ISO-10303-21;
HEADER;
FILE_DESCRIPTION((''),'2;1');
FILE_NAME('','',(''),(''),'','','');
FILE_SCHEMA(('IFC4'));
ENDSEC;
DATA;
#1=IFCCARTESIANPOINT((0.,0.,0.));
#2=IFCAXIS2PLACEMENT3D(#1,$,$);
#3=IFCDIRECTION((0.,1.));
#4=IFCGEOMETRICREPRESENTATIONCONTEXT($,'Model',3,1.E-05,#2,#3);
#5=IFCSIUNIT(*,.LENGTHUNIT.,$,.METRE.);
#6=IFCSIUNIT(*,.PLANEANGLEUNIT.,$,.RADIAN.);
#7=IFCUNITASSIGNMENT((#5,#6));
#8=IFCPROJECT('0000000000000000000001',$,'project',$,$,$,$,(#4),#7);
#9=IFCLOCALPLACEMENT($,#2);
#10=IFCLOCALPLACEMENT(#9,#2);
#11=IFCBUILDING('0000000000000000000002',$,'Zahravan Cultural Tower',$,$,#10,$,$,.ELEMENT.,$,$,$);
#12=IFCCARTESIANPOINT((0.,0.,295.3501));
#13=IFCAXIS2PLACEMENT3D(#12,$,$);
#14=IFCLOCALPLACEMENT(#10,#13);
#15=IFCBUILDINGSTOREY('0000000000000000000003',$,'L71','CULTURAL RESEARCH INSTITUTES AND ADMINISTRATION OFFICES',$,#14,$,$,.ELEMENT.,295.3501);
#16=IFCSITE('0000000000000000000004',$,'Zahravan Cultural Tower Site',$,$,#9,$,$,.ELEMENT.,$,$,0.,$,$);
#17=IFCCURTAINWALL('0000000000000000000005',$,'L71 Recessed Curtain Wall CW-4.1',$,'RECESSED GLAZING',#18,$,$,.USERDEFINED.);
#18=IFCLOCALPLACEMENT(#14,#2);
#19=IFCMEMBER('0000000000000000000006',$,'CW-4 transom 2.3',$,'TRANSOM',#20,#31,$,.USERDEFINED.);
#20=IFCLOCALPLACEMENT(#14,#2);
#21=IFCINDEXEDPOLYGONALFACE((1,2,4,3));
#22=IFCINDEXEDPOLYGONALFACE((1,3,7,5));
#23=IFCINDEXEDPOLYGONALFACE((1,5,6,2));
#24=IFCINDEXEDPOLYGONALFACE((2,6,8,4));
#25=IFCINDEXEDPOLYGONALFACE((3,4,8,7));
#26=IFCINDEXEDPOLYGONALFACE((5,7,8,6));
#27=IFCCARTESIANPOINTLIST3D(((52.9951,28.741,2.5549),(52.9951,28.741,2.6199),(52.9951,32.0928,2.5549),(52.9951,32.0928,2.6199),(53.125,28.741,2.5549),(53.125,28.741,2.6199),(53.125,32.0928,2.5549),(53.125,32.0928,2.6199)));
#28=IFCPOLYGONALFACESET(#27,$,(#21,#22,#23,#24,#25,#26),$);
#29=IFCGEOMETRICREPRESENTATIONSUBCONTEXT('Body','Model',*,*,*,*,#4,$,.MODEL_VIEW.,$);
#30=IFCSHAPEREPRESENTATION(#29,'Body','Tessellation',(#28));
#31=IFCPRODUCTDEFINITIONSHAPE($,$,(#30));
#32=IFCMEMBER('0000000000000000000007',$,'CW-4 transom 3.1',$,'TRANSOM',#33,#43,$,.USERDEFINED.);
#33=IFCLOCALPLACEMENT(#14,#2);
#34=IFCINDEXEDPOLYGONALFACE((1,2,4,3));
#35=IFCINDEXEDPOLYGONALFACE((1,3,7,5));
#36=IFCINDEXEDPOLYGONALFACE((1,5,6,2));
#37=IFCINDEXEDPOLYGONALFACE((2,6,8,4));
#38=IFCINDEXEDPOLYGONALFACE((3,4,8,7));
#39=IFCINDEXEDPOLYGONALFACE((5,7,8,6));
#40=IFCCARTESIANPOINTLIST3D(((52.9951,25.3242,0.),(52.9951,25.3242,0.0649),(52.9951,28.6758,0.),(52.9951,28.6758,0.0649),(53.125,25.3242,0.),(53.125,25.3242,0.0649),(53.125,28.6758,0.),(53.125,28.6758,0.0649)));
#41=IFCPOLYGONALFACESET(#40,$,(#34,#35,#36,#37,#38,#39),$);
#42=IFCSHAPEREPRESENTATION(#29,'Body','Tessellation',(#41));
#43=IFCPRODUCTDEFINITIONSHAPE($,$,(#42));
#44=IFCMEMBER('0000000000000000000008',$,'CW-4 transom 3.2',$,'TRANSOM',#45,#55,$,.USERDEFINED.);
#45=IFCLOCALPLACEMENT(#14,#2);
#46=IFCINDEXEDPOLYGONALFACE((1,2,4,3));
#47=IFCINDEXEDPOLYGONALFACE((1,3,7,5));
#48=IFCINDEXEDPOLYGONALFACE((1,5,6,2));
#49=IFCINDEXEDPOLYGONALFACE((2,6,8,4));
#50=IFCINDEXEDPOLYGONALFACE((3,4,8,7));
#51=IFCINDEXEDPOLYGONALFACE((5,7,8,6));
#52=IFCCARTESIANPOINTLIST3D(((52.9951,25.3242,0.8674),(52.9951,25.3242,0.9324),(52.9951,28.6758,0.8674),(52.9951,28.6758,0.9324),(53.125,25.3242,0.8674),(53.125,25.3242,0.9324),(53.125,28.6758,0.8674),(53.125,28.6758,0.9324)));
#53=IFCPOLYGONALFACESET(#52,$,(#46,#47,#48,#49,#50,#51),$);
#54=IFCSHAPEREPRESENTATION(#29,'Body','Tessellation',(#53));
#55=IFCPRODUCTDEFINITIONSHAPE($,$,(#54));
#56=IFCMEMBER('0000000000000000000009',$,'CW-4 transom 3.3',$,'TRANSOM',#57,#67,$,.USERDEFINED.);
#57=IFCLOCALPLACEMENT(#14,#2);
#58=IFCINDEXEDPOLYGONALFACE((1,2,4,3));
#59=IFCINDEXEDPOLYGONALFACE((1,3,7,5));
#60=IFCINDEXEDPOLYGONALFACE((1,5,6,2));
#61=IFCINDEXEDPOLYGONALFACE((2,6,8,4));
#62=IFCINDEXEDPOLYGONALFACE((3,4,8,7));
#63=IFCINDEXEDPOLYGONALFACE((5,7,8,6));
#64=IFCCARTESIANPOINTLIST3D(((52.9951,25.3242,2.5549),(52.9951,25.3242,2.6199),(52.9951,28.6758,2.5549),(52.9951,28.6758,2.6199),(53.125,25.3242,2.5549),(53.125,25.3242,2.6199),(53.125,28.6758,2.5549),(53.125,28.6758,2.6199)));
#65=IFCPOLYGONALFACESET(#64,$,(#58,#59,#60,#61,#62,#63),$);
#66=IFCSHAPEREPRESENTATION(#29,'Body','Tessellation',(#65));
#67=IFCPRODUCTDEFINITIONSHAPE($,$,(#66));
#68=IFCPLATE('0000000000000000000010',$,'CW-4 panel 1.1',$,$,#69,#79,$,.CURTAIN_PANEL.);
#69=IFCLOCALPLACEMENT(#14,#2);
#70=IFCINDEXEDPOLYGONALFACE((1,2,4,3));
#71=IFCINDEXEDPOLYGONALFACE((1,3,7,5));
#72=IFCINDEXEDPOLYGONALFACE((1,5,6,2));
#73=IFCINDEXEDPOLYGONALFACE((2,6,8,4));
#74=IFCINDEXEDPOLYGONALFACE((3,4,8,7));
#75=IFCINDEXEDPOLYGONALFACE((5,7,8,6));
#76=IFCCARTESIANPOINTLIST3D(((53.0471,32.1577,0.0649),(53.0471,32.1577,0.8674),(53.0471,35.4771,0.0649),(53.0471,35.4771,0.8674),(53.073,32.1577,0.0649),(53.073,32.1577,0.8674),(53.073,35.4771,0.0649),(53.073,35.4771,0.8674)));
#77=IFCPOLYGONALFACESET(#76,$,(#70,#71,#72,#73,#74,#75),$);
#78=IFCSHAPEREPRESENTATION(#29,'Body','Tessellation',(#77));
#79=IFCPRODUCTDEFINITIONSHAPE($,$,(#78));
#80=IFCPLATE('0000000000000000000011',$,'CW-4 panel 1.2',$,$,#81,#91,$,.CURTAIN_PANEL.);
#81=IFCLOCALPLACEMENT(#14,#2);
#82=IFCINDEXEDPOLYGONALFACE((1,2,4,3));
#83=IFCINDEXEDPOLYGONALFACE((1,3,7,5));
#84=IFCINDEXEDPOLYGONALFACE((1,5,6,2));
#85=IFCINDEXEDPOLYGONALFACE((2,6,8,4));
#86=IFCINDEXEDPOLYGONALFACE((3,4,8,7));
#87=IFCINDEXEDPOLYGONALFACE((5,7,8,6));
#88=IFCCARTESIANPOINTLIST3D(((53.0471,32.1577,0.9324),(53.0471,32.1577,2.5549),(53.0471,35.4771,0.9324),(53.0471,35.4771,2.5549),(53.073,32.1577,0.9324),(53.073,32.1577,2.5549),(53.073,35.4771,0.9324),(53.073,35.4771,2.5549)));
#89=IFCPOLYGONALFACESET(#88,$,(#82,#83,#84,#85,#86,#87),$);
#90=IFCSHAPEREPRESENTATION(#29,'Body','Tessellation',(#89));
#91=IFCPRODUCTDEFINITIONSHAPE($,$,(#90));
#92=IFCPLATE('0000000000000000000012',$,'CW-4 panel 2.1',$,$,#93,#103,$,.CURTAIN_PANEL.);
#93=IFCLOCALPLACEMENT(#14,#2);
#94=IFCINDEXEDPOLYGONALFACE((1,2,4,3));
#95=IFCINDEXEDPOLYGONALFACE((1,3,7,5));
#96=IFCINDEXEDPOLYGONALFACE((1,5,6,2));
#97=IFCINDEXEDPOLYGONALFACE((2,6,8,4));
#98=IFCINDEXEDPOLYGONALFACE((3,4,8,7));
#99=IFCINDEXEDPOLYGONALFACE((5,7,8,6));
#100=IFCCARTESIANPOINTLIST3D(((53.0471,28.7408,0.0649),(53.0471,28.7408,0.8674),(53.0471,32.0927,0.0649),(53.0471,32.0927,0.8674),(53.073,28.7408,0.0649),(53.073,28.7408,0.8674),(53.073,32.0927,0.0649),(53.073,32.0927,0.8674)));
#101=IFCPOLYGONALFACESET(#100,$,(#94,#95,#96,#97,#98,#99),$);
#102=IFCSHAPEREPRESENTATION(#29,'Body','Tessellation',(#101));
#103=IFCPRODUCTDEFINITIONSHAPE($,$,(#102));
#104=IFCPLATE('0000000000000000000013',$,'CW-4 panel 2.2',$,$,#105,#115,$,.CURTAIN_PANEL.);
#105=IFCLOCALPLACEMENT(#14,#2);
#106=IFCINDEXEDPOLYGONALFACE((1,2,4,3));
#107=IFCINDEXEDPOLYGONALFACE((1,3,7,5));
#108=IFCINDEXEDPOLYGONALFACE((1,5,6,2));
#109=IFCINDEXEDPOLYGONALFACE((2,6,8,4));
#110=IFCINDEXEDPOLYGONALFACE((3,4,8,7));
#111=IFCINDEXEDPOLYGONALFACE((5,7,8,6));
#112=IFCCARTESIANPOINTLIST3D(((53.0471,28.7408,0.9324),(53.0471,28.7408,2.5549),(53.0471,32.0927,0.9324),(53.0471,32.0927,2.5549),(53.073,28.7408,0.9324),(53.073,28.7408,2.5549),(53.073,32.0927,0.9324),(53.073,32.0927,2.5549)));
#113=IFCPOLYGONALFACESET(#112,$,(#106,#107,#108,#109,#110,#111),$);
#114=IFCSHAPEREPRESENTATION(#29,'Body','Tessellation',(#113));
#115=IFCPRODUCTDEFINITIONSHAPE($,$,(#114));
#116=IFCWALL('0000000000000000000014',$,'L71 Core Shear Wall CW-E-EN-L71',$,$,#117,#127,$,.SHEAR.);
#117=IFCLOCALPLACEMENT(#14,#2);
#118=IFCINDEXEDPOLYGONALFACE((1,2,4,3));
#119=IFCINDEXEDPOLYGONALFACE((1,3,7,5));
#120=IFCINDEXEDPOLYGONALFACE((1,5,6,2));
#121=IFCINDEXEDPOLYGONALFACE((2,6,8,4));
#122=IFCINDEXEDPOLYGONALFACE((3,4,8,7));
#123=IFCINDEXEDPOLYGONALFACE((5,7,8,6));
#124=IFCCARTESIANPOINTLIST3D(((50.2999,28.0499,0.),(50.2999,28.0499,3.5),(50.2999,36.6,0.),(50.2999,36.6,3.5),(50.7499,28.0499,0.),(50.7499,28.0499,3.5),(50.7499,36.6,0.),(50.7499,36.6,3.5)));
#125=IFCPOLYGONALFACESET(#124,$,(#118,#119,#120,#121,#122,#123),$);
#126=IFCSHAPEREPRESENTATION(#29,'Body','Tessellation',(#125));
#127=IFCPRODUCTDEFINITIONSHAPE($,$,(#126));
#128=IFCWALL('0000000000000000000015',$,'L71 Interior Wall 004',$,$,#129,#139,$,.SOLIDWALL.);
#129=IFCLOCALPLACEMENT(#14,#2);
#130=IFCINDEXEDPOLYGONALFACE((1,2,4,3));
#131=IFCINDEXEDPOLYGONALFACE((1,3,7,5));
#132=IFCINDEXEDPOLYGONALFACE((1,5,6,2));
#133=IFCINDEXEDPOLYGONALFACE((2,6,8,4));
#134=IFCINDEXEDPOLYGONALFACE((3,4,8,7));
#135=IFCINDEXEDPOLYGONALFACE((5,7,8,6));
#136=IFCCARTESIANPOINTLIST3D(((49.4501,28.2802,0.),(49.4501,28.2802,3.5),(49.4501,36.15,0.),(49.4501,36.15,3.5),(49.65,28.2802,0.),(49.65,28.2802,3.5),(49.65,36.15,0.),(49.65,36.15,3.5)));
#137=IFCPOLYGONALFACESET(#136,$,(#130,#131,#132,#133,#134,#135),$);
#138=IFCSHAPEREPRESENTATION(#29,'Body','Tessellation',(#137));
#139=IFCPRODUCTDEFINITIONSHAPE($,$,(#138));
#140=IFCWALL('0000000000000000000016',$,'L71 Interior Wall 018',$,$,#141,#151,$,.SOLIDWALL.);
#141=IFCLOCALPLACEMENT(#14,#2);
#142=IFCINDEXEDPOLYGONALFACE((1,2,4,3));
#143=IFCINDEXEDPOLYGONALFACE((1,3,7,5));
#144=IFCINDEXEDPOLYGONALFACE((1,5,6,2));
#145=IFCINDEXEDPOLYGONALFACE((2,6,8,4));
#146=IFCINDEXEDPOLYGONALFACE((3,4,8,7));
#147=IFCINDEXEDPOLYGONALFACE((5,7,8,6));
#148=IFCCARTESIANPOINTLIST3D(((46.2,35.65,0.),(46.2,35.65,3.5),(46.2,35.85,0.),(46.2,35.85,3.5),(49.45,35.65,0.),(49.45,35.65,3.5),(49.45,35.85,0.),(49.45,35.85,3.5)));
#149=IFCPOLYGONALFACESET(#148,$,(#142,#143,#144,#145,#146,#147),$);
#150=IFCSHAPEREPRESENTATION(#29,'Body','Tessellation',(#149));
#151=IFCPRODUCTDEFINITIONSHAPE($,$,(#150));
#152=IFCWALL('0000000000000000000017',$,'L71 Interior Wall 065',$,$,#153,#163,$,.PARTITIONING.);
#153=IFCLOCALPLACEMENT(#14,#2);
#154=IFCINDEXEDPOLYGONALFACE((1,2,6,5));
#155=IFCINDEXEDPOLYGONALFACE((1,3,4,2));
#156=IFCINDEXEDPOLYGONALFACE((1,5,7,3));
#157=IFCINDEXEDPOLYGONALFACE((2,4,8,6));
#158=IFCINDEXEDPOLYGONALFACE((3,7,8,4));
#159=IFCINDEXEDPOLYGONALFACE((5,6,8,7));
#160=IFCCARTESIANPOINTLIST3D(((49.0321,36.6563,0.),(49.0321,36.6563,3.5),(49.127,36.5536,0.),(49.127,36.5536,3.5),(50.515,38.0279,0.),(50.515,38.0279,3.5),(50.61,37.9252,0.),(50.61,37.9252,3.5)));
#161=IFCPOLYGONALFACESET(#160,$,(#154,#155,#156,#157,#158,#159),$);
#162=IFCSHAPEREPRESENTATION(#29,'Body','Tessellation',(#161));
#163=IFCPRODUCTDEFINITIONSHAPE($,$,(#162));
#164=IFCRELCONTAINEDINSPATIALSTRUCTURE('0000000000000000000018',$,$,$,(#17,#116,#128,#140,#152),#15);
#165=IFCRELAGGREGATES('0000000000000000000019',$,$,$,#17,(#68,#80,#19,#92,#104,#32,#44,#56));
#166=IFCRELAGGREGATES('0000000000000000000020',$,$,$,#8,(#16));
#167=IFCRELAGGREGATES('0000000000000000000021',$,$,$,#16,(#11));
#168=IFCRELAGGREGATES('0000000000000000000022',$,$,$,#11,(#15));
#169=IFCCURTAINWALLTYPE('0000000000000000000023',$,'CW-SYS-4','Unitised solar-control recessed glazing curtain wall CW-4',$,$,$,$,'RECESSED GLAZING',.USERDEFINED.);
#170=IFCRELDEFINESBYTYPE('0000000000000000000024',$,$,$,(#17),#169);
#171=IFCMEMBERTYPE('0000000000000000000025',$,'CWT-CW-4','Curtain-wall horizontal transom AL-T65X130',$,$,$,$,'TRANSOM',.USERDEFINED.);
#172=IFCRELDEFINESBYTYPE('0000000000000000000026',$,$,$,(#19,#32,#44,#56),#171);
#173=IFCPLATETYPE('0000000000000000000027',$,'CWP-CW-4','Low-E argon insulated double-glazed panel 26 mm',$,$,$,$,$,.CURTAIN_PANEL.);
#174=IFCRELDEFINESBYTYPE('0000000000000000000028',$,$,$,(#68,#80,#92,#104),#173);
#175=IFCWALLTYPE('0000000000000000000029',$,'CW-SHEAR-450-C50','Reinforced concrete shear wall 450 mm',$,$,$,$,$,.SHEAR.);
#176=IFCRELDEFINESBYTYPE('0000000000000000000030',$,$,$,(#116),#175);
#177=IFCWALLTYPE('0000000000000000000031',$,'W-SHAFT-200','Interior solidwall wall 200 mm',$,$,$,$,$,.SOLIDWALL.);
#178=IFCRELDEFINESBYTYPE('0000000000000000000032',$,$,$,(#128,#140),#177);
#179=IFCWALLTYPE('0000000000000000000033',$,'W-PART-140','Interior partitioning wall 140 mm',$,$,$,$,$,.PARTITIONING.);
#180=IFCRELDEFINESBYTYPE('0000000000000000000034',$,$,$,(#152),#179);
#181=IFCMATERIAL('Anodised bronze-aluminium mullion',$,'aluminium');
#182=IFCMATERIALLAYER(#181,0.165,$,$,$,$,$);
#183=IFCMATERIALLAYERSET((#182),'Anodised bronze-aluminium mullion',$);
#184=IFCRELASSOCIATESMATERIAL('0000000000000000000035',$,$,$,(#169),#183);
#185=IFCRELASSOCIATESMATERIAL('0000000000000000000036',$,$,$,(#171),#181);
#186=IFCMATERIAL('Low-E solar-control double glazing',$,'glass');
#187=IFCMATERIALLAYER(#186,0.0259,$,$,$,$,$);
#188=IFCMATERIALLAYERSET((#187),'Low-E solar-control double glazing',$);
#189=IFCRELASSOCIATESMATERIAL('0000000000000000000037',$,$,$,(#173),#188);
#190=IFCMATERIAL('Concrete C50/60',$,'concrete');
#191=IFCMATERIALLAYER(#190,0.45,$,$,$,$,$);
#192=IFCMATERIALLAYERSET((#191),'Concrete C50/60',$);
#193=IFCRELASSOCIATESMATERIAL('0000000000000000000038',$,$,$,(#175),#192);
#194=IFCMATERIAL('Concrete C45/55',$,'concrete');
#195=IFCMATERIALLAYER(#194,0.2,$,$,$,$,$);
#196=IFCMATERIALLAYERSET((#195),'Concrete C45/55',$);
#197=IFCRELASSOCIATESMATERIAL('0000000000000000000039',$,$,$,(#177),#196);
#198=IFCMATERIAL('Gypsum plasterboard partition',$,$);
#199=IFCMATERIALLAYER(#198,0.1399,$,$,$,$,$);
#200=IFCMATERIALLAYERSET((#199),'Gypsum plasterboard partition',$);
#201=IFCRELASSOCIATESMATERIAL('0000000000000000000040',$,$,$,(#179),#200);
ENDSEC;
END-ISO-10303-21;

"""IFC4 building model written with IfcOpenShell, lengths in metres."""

from ifc_helpers import new_model, si_unit, direction, frame, frame_2d, origin, origin_2d, place, context, subcontext, project, spatial, rectangle, extrude, source, transform, mapped, material, layer, layer_set, material_profile, profile_set, type_object, element, aggregate, save


model = new_model("IFC4")

# Units and contexts
model_context = context("Model", 3, precision=1e-05, world=origin(), true_north=direction((0.0, 1.0)))
body_context = subcontext(model_context, "Body", "Model", "MODEL_VIEW")
ifc_project = project(units=[si_unit("LENGTHUNIT", "METRE"), si_unit("PLANEANGLEUNIT", "RADIAN")], contexts=[model_context])

# Site, building, storey
site_placement = place(None, origin())
site = spatial("IfcSite", under=ifc_project, at=site_placement, Name="Zahravan Cultural Tower Site", CompositionType="ELEMENT", RefElevation=0.0)
building_placement = place(site_placement, origin())
building = spatial("IfcBuilding", under=site, at=building_placement, Name="Zahravan Cultural Tower", CompositionType="ELEMENT")
storey_placement = place(building_placement, frame((0.0, 0.0, 295.3501)))
storey = spatial("IfcBuildingStorey", under=building, at=storey_placement, Name="L71", Description="CULTURAL RESEARCH INSTITUTES AND ADMINISTRATION OFFICES", CompositionType="ELEMENT", Elevation=295.3501)

# Shared definitions
ifc_material_1 = material(Name="Concrete C50/60", Category="concrete")

# Curtain wall, members, plates
ifc_material_2 = material(Name="Anodised bronze-aluminium mullion", Category="aluminium")
ifc_layer_1 = layer(ifc_material_2, 0.165)
ifc_layer_set_1 = layer_set([ifc_layer_1], Name="Anodised bronze-aluminium mullion")
curtain_wall_type = type_object("IfcCurtainWallType", Name="CW-SYS-4", Description="Unitised solar-control recessed glazing curtain wall CW-4", ElementType="RECESSED GLAZING", PredefinedType="USERDEFINED", material=ifc_layer_set_1)
curtain_wall_placement = place(storey_placement, origin())
curtain_wall = element("IfcCurtainWall", 1, at=curtain_wall_placement, inside=storey, type_object=curtain_wall_type, Name="L71 Recessed Curtain Wall CW-4.1", ObjectType="RECESSED GLAZING", PredefinedType="USERDEFINED")
ifc_material_profile_1 = material_profile(ifc_material_2, rectangle(XDim=0.1299, YDim=0.0649, at=origin_2d()), Name="AL-T65X130")
ifc_profile_set_1 = profile_set([ifc_material_profile_1], Name="Anodised bronze-aluminium mullion")
member_type_1 = type_object("IfcMemberType", Name="CWT-CW-4", Description="Curtain-wall horizontal transom AL-T65X130", ElementType="TRANSOM", PredefinedType="USERDEFINED", material=ifc_profile_set_1)
shared_shape_1 = source(origin(), body_context, "Body", "SweptSolid", [
    extrude(rectangle(XDim=0.1299, YDim=0.0649, at=origin_2d()), origin(), (0.0, 0.0, 1.0), 3.3518),
])
member_1_placement = place(storey_placement, frame((53.0601, 32.0928, 2.5874), z_axis=(0.0, -1.0, 0.0), x_axis=(1.0, 0.0, 0.0)))
member_1 = element("IfcMember", 2, at=member_1_placement, type_object=member_type_1, Name="CW-4 transom 2.3", ObjectType="TRANSOM", PredefinedType="USERDEFINED", context=body_context, shape_type="MappedRepresentation", body=[
    mapped(shared_shape_1, transform((0.0, 0.0, 0.0), x_axis=(1.0, 0.0, 0.0), y_axis=(0.0, 1.0, 0.0), z_axis=(0.0, 0.0, 1.0), scale=1.0)),
])
shared_shape_2 = source(origin(), body_context, "Body", "SweptSolid", [
    extrude(rectangle(XDim=0.1299, YDim=0.0649, at=origin_2d()), origin(), (0.0, 0.0, 1.0), 3.3516),
])
member_2_placement = place(storey_placement, frame((53.0601, 28.6758, 0.0325), z_axis=(0.0, -1.0, 0.0), x_axis=(1.0, 0.0, 0.0)))
member_2 = element("IfcMember", 3, at=member_2_placement, type_object=member_type_1, Name="CW-4 transom 3.1", ObjectType="TRANSOM", PredefinedType="USERDEFINED", context=body_context, shape_type="MappedRepresentation", body=[
    mapped(shared_shape_2, transform((0.0, 0.0, 0.0), x_axis=(1.0, 0.0, 0.0), y_axis=(0.0, 1.0, 0.0), z_axis=(0.0, 0.0, 1.0), scale=1.0)),
])
member_3_placement = place(storey_placement, frame((53.0601, 28.6758, 0.8999), z_axis=(0.0, -1.0, 0.0), x_axis=(1.0, 0.0, 0.0)))
member_3 = element("IfcMember", 4, at=member_3_placement, type_object=member_type_1, Name="CW-4 transom 3.2", ObjectType="TRANSOM", PredefinedType="USERDEFINED", context=body_context, shape_type="MappedRepresentation", body=[
    mapped(shared_shape_2, transform((0.0, 0.0, 0.0), x_axis=(1.0, 0.0, 0.0), y_axis=(0.0, 1.0, 0.0), z_axis=(0.0, 0.0, 1.0), scale=1.0)),
])
member_4_placement = place(storey_placement, frame((53.0601, 28.6758, 2.5874), z_axis=(0.0, -1.0, 0.0), x_axis=(1.0, 0.0, 0.0)))
member_4 = element("IfcMember", 5, at=member_4_placement, type_object=member_type_1, Name="CW-4 transom 3.3", ObjectType="TRANSOM", PredefinedType="USERDEFINED", context=body_context, shape_type="MappedRepresentation", body=[
    mapped(shared_shape_2, transform((0.0, 0.0, 0.0), x_axis=(1.0, 0.0, 0.0), y_axis=(0.0, 1.0, 0.0), z_axis=(0.0, 0.0, 1.0), scale=1.0)),
])
ifc_material_3 = material(Name="Low-E solar-control double glazing", Category="glass")
ifc_layer_2 = layer(ifc_material_3, 0.0259)
ifc_layer_set_2 = layer_set([ifc_layer_2], Name="Low-E solar-control double glazing")
plate_type = type_object("IfcPlateType", Name="CWP-CW-4", Description="Low-E argon insulated double-glazed panel 26 mm", PredefinedType="CURTAIN_PANEL", material=ifc_layer_set_2)
shared_shape_3 = source(origin(), body_context, "Body", "SweptSolid", [
    extrude(rectangle(XDim=3.3193, YDim=0.0259, at=origin_2d()), origin(), (0.0, 0.0, 1.0), 0.8025),
])
plate_1_placement = place(storey_placement, frame((53.0601, 33.8174, 0.0649), z_axis=(0.0, 0.0, 1.0), x_axis=(0.0, -1.0, 0.0)))
plate_1 = element("IfcPlate", 6, at=plate_1_placement, type_object=plate_type, Name="CW-4 panel 1.1", PredefinedType="CURTAIN_PANEL", context=body_context, shape_type="MappedRepresentation", body=[
    mapped(shared_shape_3, transform((0.0, 0.0, 0.0), x_axis=(1.0, 0.0, 0.0), y_axis=(0.0, 1.0, 0.0), z_axis=(0.0, 0.0, 1.0), scale=1.0)),
])
shared_shape_4 = source(origin(), body_context, "Body", "SweptSolid", [
    extrude(rectangle(XDim=3.3193, YDim=0.0259, at=origin_2d()), origin(), (0.0, 0.0, 1.0), 1.6226),
])
plate_2_placement = place(storey_placement, frame((53.0601, 33.8174, 0.9324), z_axis=(0.0, 0.0, 1.0), x_axis=(0.0, -1.0, 0.0)))
plate_2 = element("IfcPlate", 7, at=plate_2_placement, type_object=plate_type, Name="CW-4 panel 1.2", PredefinedType="CURTAIN_PANEL", context=body_context, shape_type="MappedRepresentation", body=[
    mapped(shared_shape_4, transform((0.0, 0.0, 0.0), x_axis=(1.0, 0.0, 0.0), y_axis=(0.0, 1.0, 0.0), z_axis=(0.0, 0.0, 1.0), scale=1.0)),
])
shared_shape_5 = source(origin(), body_context, "Body", "SweptSolid", [
    extrude(rectangle(XDim=3.3518, YDim=0.0259, at=origin_2d()), origin(), (0.0, 0.0, 1.0), 0.8025),
])
plate_3_placement = place(storey_placement, frame((53.0601, 30.4167, 0.0649), z_axis=(0.0, 0.0, 1.0), x_axis=(0.0, -1.0, 0.0)))
plate_3 = element("IfcPlate", 8, at=plate_3_placement, type_object=plate_type, Name="CW-4 panel 2.1", PredefinedType="CURTAIN_PANEL", context=body_context, shape_type="MappedRepresentation", body=[
    mapped(shared_shape_5, transform((0.0, 0.0, 0.0), x_axis=(1.0, 0.0, 0.0), y_axis=(0.0, 1.0, 0.0), z_axis=(0.0, 0.0, 1.0), scale=1.0)),
])
shared_shape_6 = source(origin(), body_context, "Body", "SweptSolid", [
    extrude(rectangle(XDim=3.3518, YDim=0.0259, at=origin_2d()), origin(), (0.0, 0.0, 1.0), 1.6226),
])
plate_4_placement = place(storey_placement, frame((53.0601, 30.4167, 0.9324), z_axis=(0.0, 0.0, 1.0), x_axis=(0.0, -1.0, 0.0)))
plate_4 = element("IfcPlate", 9, at=plate_4_placement, type_object=plate_type, Name="CW-4 panel 2.2", PredefinedType="CURTAIN_PANEL", context=body_context, shape_type="MappedRepresentation", body=[
    mapped(shared_shape_6, transform((0.0, 0.0, 0.0), x_axis=(1.0, 0.0, 0.0), y_axis=(0.0, 1.0, 0.0), z_axis=(0.0, 0.0, 1.0), scale=1.0)),
])
aggregate(curtain_wall, [plate_1, plate_2, member_1, plate_3, plate_4, member_2, member_3, member_4])

# Walls
ifc_layer_3 = layer(ifc_material_1, 0.45)
ifc_layer_set_3 = layer_set([ifc_layer_3], Name="Concrete C50/60")
wall_type_1 = type_object("IfcWallType", Name="CW-SHEAR-450-C50", Description="Reinforced concrete shear wall 450 mm", PredefinedType="SHEAR", material=ifc_layer_set_3)
shared_shape_7 = source(origin(), body_context, "Body", "SweptSolid", [
    extrude(rectangle(XDim=8.55, YDim=0.45, at=frame_2d((4.2749, 0.0))), origin(), (0.0, 0.0, 1.0), 3.5),
])
wall_1_placement = place(storey_placement, frame((50.5249, 28.05, 0.0), z_axis=(0.0, 0.0, 1.0), x_axis=(0.0, 1.0, 0.0)))
element("IfcWall", 10, at=wall_1_placement, inside=storey, type_object=wall_type_1, Name="L71 Core Shear Wall CW-E-EN-L71", PredefinedType="SHEAR", context=body_context, shape_type="MappedRepresentation", body=[
    mapped(shared_shape_7, transform((0.0, 0.0, 0.0), x_axis=(1.0, 0.0, 0.0), y_axis=(0.0, 1.0, 0.0), z_axis=(0.0, 0.0, 1.0), scale=1.0)),
])
ifc_material_4 = material(Name="Concrete C45/55", Category="concrete")
ifc_layer_4 = layer(ifc_material_4, 0.2)
ifc_layer_set_4 = layer_set([ifc_layer_4], Name="Concrete C45/55")
wall_type_2 = type_object("IfcWallType", Name="W-SHAFT-200", Description="Interior solidwall wall 200 mm", PredefinedType="SOLIDWALL", material=ifc_layer_set_4)
shared_shape_8 = source(origin(), body_context, "Body", "SweptSolid", [
    extrude(rectangle(XDim=7.8699, YDim=0.2, at=frame_2d((3.9351, 0.0))), origin(), (0.0, 0.0, 1.0), 3.5),
])
wall_2_placement = place(storey_placement, frame((49.55, 28.28, 0.0), z_axis=(0.0, 0.0, 1.0), x_axis=(0.0, 1.0, 0.0)))
element("IfcWall", 11, at=wall_2_placement, inside=storey, type_object=wall_type_2, Name="L71 Interior Wall 004", PredefinedType="SOLIDWALL", context=body_context, shape_type="MappedRepresentation", body=[
    mapped(shared_shape_8, transform((0.0, 0.0, 0.0), x_axis=(1.0, 0.0, 0.0), y_axis=(0.0, 1.0, 0.0), z_axis=(0.0, 0.0, 1.0), scale=1.0)),
])
shared_shape_9 = source(origin(), body_context, "Body", "SweptSolid", [
    extrude(rectangle(XDim=3.25, YDim=0.2, at=frame_2d((1.625, 0.0))), origin(), (0.0, 0.0, 1.0), 3.5),
])
wall_3_placement = place(storey_placement, frame((46.2, 35.75, 0.0), z_axis=(0.0, 0.0, 1.0), x_axis=(1.0, 0.0, 0.0)))
element("IfcWall", 12, at=wall_3_placement, inside=storey, type_object=wall_type_2, Name="L71 Interior Wall 018", PredefinedType="SOLIDWALL", context=body_context, shape_type="MappedRepresentation", body=[
    mapped(shared_shape_9, transform((0.0, 0.0, 0.0), x_axis=(1.0, 0.0, 0.0), y_axis=(0.0, 1.0, 0.0), z_axis=(0.0, 0.0, 1.0), scale=1.0)),
])
ifc_material_5 = material(Name="Gypsum plasterboard partition")
ifc_layer_5 = layer(ifc_material_5, 0.1399)
ifc_layer_set_5 = layer_set([ifc_layer_5], Name="Gypsum plasterboard partition")
wall_type_3 = type_object("IfcWallType", Name="W-PART-140", Description="Interior partitioning wall 140 mm", PredefinedType="PARTITIONING", material=ifc_layer_set_5)
shared_shape_10 = source(origin(), body_context, "Body", "SweptSolid", [
    extrude(rectangle(XDim=2.02, YDim=0.1399, at=frame_2d((1.01, 0.0))), origin(), (0.0, 0.0, 1.0), 3.5),
])
wall_4_placement = place(storey_placement, frame((50.5625, 37.9766, 0.0), z_axis=(0.0, 0.0, 1.0), x_axis=(-0.734127, -0.679013, 0.0)))
element("IfcWall", 13, at=wall_4_placement, inside=storey, type_object=wall_type_3, Name="L71 Interior Wall 065", PredefinedType="PARTITIONING", context=body_context, shape_type="MappedRepresentation", body=[
    mapped(shared_shape_10, transform((0.0, 0.0, 0.0), x_axis=(1.0, 0.0, 0.0), y_axis=(0.0, 1.0, 0.0), z_axis=(0.0, 0.0, 1.0), scale=1.0)),
])

save(model, "model.ifc")
